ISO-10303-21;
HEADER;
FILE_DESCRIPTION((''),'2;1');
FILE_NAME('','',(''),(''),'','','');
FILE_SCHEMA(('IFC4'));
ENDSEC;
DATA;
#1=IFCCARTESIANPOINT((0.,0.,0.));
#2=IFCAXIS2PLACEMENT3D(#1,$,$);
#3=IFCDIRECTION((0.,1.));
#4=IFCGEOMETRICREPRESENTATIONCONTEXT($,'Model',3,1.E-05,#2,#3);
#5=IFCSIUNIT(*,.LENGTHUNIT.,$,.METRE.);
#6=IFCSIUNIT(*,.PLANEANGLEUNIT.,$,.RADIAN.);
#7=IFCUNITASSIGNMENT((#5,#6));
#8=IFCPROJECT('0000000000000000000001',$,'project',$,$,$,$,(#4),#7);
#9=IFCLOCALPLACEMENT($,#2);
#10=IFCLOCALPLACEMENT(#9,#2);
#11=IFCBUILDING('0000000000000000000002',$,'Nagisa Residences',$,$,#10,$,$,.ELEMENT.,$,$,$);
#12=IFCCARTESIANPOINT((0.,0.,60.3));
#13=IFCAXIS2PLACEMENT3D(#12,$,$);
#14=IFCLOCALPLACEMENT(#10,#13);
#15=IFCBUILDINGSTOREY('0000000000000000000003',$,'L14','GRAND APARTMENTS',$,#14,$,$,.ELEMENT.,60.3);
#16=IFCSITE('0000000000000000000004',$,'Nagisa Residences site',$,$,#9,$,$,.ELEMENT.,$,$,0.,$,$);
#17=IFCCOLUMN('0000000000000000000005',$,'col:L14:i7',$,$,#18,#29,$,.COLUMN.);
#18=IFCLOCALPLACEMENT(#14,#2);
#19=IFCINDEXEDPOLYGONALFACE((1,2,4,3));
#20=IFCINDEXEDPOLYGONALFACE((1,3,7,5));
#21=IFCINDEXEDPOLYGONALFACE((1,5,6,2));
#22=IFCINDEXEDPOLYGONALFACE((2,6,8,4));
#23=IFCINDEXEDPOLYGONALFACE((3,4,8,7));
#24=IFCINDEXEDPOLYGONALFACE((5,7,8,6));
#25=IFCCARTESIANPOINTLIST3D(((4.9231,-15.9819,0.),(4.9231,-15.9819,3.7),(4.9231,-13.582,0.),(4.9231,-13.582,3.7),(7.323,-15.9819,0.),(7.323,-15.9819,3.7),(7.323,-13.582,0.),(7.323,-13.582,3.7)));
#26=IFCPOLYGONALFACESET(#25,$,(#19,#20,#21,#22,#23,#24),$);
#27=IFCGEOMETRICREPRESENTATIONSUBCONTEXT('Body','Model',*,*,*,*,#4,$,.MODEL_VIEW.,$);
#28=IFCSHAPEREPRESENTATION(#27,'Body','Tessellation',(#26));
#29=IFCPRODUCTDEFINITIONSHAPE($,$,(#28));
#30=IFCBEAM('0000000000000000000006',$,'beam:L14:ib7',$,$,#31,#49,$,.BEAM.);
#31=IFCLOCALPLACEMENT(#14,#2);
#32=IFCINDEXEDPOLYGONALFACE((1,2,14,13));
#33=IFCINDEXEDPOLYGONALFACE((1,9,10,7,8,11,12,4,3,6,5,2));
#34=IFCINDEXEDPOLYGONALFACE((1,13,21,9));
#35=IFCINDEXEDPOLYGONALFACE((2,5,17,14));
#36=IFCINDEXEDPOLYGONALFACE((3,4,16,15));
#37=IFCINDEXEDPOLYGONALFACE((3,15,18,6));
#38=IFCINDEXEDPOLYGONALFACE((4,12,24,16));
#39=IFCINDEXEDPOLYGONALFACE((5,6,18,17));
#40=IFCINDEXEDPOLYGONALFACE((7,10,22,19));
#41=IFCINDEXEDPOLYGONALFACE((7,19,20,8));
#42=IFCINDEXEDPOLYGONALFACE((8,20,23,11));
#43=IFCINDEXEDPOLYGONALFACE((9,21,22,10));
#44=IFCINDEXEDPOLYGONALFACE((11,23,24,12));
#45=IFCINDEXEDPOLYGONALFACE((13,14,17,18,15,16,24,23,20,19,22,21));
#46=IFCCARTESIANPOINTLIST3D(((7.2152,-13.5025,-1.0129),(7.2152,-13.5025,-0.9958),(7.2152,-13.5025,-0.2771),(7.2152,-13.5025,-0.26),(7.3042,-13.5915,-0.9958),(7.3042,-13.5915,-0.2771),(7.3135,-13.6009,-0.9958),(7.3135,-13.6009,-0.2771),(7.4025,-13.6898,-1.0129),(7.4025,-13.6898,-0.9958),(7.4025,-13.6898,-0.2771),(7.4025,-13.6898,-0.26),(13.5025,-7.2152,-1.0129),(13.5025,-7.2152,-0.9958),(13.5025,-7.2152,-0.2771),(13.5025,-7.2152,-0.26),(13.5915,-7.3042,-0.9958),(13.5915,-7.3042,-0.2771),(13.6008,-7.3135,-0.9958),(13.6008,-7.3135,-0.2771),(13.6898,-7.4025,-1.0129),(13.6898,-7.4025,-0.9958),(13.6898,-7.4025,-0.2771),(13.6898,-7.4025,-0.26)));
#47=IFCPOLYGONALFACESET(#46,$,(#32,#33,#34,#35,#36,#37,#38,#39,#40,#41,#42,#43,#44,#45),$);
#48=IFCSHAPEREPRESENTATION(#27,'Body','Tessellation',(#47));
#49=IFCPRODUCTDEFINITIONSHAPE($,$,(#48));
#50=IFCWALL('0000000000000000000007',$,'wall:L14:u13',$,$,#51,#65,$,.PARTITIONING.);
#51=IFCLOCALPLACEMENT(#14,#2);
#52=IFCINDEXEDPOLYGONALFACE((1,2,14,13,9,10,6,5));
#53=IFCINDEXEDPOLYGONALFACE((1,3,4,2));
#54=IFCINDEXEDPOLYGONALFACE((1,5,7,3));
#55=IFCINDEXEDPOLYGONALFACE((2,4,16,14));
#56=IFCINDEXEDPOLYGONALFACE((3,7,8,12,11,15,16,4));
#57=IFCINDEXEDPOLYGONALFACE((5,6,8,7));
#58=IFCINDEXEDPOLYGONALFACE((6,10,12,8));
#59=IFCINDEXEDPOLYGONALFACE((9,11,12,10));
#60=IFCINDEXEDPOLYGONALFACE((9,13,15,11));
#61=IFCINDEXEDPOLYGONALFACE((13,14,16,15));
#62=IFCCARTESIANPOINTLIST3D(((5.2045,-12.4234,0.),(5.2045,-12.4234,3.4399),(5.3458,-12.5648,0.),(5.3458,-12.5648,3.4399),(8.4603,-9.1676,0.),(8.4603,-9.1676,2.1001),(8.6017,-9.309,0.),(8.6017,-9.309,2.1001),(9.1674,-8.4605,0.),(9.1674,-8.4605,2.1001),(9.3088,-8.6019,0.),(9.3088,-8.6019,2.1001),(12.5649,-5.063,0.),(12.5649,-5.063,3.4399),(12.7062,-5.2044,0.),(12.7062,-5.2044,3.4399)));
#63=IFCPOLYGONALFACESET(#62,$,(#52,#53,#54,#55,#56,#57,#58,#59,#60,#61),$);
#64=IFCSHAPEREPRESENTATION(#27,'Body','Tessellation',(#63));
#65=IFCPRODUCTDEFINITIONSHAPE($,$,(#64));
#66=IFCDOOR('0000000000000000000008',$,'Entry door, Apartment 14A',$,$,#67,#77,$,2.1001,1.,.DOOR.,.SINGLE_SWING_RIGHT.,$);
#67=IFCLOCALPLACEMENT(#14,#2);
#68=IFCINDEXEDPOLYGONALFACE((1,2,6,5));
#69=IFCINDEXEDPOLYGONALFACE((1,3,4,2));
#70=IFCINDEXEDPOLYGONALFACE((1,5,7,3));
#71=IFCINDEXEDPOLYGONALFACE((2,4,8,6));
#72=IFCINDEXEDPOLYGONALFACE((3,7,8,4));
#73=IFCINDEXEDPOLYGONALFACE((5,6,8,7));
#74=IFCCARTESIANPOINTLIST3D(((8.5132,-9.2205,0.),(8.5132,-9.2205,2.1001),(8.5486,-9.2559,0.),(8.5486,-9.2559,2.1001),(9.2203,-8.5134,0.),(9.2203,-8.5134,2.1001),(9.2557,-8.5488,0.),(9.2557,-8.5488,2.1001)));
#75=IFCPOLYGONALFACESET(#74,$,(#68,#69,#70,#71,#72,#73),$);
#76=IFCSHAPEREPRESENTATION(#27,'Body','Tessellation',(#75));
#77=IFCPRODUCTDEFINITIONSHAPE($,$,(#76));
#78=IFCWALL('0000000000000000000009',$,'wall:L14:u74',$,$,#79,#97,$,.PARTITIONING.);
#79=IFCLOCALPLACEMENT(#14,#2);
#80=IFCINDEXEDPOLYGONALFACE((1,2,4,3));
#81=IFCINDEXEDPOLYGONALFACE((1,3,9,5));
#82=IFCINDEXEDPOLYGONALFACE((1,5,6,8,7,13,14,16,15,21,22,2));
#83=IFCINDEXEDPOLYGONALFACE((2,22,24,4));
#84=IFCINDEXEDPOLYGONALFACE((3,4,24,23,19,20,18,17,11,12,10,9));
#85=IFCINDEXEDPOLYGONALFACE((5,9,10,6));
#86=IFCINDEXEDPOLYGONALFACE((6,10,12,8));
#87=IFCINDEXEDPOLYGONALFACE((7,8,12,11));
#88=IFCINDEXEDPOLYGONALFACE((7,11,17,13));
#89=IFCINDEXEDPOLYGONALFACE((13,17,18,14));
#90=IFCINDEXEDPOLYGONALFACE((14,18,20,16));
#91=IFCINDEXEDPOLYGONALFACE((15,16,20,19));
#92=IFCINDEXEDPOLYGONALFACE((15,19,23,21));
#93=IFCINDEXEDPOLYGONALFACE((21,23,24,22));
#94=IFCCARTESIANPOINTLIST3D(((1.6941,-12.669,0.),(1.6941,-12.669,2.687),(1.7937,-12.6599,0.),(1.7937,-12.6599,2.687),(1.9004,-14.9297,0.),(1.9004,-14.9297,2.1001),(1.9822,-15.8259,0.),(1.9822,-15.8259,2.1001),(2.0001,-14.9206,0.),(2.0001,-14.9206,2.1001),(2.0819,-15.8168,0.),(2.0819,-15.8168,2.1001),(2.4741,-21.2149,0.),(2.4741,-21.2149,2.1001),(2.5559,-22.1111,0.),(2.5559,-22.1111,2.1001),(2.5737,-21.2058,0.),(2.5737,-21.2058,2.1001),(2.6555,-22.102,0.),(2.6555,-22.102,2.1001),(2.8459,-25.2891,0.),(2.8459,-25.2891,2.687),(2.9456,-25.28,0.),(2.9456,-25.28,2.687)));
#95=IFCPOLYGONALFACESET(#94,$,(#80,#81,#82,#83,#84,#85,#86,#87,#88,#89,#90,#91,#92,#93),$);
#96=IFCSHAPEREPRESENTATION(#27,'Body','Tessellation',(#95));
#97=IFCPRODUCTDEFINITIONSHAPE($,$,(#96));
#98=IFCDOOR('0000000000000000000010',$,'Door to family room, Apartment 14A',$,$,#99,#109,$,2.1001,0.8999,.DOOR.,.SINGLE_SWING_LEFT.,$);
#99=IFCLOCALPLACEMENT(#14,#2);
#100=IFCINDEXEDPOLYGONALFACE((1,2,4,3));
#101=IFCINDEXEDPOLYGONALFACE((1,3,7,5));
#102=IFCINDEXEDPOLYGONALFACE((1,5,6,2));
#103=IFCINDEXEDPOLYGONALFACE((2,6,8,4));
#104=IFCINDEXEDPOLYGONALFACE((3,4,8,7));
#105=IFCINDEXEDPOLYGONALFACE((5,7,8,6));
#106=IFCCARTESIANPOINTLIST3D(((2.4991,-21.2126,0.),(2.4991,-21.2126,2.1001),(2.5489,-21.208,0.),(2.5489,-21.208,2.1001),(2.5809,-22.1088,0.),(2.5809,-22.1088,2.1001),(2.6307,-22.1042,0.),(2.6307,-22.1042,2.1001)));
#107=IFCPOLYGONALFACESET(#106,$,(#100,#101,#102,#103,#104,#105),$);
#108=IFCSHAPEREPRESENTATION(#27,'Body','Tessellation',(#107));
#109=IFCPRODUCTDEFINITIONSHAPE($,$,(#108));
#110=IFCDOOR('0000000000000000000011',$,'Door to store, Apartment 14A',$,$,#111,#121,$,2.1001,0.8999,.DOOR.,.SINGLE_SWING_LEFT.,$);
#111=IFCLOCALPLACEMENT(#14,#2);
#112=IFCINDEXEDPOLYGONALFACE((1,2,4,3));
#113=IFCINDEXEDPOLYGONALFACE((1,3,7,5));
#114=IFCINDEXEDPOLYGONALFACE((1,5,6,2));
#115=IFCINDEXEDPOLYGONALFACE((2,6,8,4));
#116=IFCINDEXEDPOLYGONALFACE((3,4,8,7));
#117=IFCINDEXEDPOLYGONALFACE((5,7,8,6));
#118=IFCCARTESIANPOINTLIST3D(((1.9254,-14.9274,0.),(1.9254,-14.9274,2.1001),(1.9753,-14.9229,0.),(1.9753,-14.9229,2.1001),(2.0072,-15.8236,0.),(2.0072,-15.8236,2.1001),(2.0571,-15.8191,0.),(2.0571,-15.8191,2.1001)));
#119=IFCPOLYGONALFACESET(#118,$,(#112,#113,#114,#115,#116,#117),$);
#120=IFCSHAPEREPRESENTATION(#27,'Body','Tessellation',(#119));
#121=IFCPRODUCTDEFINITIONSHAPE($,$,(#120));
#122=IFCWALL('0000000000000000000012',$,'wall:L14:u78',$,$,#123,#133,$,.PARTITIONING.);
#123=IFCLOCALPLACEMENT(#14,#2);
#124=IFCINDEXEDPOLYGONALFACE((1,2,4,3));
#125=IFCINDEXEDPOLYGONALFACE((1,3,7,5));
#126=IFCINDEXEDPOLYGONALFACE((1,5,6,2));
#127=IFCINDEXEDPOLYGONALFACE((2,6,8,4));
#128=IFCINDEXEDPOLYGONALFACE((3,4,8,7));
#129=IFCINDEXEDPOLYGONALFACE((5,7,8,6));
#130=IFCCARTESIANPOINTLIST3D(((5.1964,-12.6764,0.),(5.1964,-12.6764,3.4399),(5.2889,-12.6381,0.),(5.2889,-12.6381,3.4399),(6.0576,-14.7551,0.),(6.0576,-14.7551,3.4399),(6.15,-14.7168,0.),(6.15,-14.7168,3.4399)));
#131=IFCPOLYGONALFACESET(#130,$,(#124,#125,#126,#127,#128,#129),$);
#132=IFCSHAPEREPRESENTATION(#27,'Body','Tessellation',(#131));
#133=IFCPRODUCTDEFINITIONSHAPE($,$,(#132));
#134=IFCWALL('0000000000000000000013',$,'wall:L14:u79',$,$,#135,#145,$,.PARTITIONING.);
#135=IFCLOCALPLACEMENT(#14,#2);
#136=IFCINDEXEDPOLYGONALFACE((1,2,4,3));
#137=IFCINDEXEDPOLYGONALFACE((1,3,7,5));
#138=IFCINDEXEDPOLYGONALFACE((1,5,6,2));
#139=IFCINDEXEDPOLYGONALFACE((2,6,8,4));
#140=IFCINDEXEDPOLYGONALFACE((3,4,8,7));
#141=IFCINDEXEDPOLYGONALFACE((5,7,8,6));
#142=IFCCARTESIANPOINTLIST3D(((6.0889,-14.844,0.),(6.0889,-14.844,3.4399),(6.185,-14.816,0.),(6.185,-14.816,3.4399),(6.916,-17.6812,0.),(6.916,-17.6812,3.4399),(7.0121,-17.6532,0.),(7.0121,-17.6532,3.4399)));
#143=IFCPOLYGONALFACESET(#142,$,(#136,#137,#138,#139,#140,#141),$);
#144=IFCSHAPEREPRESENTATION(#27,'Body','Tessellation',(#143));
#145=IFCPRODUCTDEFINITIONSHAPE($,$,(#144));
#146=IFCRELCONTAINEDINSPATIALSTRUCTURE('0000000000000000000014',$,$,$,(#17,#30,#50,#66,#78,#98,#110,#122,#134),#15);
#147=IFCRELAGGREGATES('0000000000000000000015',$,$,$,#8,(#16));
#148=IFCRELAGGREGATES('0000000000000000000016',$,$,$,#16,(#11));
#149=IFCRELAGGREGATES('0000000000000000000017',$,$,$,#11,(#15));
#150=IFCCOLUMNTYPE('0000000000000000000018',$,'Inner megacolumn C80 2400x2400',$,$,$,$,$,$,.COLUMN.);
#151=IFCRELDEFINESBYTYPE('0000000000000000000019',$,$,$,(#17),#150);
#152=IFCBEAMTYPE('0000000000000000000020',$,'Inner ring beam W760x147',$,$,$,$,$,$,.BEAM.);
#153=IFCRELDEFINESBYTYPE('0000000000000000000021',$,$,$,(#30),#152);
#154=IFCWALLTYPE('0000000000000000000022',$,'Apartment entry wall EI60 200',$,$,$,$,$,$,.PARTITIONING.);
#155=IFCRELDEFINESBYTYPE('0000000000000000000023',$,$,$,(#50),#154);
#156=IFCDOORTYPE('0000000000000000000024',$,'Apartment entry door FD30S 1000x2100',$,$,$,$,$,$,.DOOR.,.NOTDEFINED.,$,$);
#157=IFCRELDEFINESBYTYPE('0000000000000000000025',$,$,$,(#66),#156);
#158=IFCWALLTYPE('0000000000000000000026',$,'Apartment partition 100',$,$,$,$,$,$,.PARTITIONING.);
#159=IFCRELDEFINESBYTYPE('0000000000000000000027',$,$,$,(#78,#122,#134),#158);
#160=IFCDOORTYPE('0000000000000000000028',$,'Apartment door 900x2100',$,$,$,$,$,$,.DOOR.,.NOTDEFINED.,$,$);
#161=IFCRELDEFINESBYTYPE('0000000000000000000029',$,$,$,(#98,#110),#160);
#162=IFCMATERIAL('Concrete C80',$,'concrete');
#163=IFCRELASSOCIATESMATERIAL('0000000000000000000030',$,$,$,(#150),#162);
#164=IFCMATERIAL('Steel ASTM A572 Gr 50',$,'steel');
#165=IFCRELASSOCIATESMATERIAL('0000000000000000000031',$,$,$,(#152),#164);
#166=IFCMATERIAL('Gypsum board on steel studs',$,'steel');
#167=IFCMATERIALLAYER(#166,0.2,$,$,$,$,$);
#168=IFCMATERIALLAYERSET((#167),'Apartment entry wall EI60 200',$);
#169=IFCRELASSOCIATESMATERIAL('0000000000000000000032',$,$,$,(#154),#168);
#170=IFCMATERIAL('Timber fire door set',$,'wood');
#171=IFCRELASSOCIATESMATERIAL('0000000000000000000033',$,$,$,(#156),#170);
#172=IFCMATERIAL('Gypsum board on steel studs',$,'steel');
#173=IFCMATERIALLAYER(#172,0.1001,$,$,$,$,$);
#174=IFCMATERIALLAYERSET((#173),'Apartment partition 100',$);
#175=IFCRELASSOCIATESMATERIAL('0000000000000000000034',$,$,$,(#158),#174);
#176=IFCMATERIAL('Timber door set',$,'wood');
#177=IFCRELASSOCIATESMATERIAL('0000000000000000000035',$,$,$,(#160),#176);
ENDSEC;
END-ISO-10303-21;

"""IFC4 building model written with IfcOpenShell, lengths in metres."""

from ifc_helpers import new_model, si_unit, direction, frame, frame_2d, origin, origin_2d, place, context, subcontext, project, spatial, rectangle, i_section, extrude, material, layer, layer_set, material_profile, profile_set, type_object, element, fill, save


model = new_model("IFC4")

# Units and contexts
model_context = context("Model", 3, precision=1e-05, world=origin(), true_north=direction((0.0, 1.0)))
body_context = subcontext(model_context, "Body", "Model", "MODEL_VIEW")
ifc_project = project(units=[si_unit("LENGTHUNIT", "METRE"), si_unit("PLANEANGLEUNIT", "RADIAN")], contexts=[model_context])

# Site, building, storey
site_placement = place(None, origin())
site = spatial("IfcSite", under=ifc_project, at=site_placement, Name="Nagisa Residences site", CompositionType="ELEMENT", RefElevation=0.0)
building_placement = place(site_placement, origin())
building = spatial("IfcBuilding", under=site, at=building_placement, Name="Nagisa Residences", CompositionType="ELEMENT")
storey_placement = place(building_placement, frame((0.0, 0.0, 60.3)))
storey = spatial("IfcBuildingStorey", under=building, at=storey_placement, Name="L14", Description="GRAND APARTMENTS", CompositionType="ELEMENT", Elevation=60.3)

# Column
ifc_material_1 = material(Name="Concrete C80", Category="concrete")
ifc_material_profile_1 = material_profile(ifc_material_1, rectangle(XDim=2.3999, YDim=2.3999, at=origin_2d()), Name="C80 2400x2400")
ifc_profile_set_1 = profile_set([ifc_material_profile_1], Name="Concrete C80")
column_type = type_object("IfcColumnType", Name="Inner megacolumn C80 2400x2400", PredefinedType="COLUMN", material=ifc_profile_set_1)
column_placement = place(storey_placement, frame((6.123, -14.782, 0.0), z_axis=(0.0, 0.0, 1.0), x_axis=(1.0, 0.0, 0.0)))
element("IfcColumn", 1, at=column_placement, inside=storey, type_object=column_type, Name="col:L14:i7", PredefinedType="COLUMN", context=body_context, shape_type="SweptSolid", body=[
    extrude(rectangle(XDim=2.3999, YDim=2.3999, at=origin_2d()), origin(), (0.0, 0.0, 1.0), 3.7),
])

# Beam
ifc_material_2 = material(Name="Steel ASTM A572 Gr 50", Category="steel")
ifc_material_profile_2 = material_profile(ifc_material_2, i_section(OverallWidth=0.2649, OverallDepth=0.7529, WebThickness=0.0132, FlangeThickness=0.0171, at=origin_2d()), Name="W760x147")
ifc_profile_set_2 = profile_set([ifc_material_profile_2], Name="Steel ASTM A572 Gr 50")
beam_type = type_object("IfcBeamType", Name="Inner ring beam W760x147", PredefinedType="BEAM", material=ifc_profile_set_2)
beam_placement = place(storey_placement, frame((7.3088, -13.5962, -0.6365), z_axis=(0.707107, 0.707107, 0.0), x_axis=(-0.707107, 0.707107, 0.0)))
element("IfcBeam", 2, at=beam_placement, inside=storey, type_object=beam_type, Name="beam:L14:ib7", PredefinedType="BEAM", context=body_context, shape_type="SweptSolid", body=[
    extrude(i_section(OverallWidth=0.2649, OverallDepth=0.7529, WebThickness=0.0132, FlangeThickness=0.0171, at=origin_2d()), origin(), (0.0, 0.0, 1.0), 8.8916),
])

# Wall, opening, door
ifc_material_3 = material(Name="Gypsum board on steel studs", Category="steel")
ifc_layer_1 = layer(ifc_material_3, 0.2)
ifc_layer_set_1 = layer_set([ifc_layer_1], Name="Apartment entry wall EI60 200")
wall_type_1 = type_object("IfcWallType", Name="Apartment entry wall EI60 200", PredefinedType="PARTITIONING", material=ifc_layer_set_1)
wall_1_placement = place(storey_placement, frame((5.2751, -12.4941, 0.0), z_axis=(0.0, 0.0, 1.0), x_axis=(0.707107, 0.707107, 0.0)))
wall_1 = element("IfcWall", 3, at=wall_1_placement, inside=storey, type_object=wall_type_1, Name="wall:L14:u13", PredefinedType="PARTITIONING", context=body_context, shape_type="SweptSolid", body=[
    extrude(rectangle(XDim=10.4092, YDim=0.2, at=frame_2d((5.2046, 0.0))), origin(), (0.0, 0.0, 1.0), 3.4399),
])
opening_1_placement = place(wall_1_placement, frame((4.6045, 0.0, 0.0)))
opening_1 = element("IfcOpeningElement", 4, at=opening_1_placement, cuts=wall_1, PredefinedType="OPENING", context=body_context, shape_type="SweptSolid", body=[
    extrude(rectangle(XDim=1.0, YDim=2.1001, at=frame_2d((0.5, 1.05))), frame((0.0, 0.1099, 0.0), z_axis=(0.0, -1.0, 0.0), x_axis=(1.0, 0.0, 0.0)), (0.0, 0.0, 1.0), 0.22),
])
ifc_material_4 = material(Name="Timber fire door set", Category="wood")
door_type_1 = type_object("IfcDoorType", Name="Apartment entry door FD30S 1000x2100", OperationType="NOTDEFINED", PredefinedType="DOOR", material=ifc_material_4)
door_1_placement = place(opening_1_placement, frame((1.0, 0.0, 0.0), x_axis=(-1.0, 0.0, 0.0)))
door_1 = element("IfcDoor", 5, at=door_1_placement, inside=storey, type_object=door_type_1, Name="Entry door, Apartment 14A", OperationType="SINGLE_SWING_RIGHT", OverallHeight=2.1001, OverallWidth=1.0, PredefinedType="DOOR", context=body_context, shape_type="SweptSolid", body=[
    extrude(rectangle(XDim=1.0, YDim=2.1001, at=frame_2d((0.5, 1.05))), frame((0.0, 0.0249, 0.0), z_axis=(0.0, -1.0, 0.0), x_axis=(1.0, 0.0, 0.0)), (0.0, 0.0, 1.0), 0.05),
])
fill(opening_1, door_1)

# Wall, openings, doors
ifc_material_5 = material(Name="Gypsum board on steel studs", Category="steel")
ifc_layer_2 = layer(ifc_material_5, 0.1001)
ifc_layer_set_2 = layer_set([ifc_layer_2], Name="Apartment partition 100")
wall_type_2 = type_object("IfcWallType", Name="Apartment partition 100", PredefinedType="PARTITIONING", material=ifc_layer_set_2)
wall_2_placement = place(storey_placement, frame((1.7439, -12.6643, 0.0), z_axis=(0.0, 0.0, 1.0), x_axis=(0.090894, -0.995861, 0.0)))
wall_2 = element("IfcWall", 6, at=wall_2_placement, inside=storey, type_object=wall_type_2, Name="wall:L14:u74", PredefinedType="PARTITIONING", context=body_context, shape_type="SweptSolid", body=[
    extrude(rectangle(XDim=12.6726, YDim=0.1001, at=frame_2d((6.3364, 0.0))), origin(), (0.0, 0.0, 1.0), 2.687),
])
opening_2_placement = place(wall_2_placement, frame((8.5815, 0.0, 0.0)))
opening_2 = element("IfcOpeningElement", 7, at=opening_2_placement, cuts=wall_2, PredefinedType="OPENING", context=body_context, shape_type="SweptSolid", body=[
    extrude(rectangle(XDim=0.8999, YDim=2.1001, at=frame_2d((0.45, 1.05))), frame((0.0, 0.0601, 0.0), z_axis=(0.0, -1.0, 0.0), x_axis=(1.0, 0.0, 0.0)), (0.0, 0.0, 1.0), 0.1201),
])
opening_3_placement = place(wall_2_placement, frame((2.2703, 0.0, 0.0)))
opening_3 = element("IfcOpeningElement", 8, at=opening_3_placement, cuts=wall_2, PredefinedType="OPENING", context=body_context, shape_type="SweptSolid", body=[
    extrude(rectangle(XDim=0.8999, YDim=2.1001, at=frame_2d((0.45, 1.05))), frame((0.0, 0.0601, 0.0), z_axis=(0.0, -1.0, 0.0), x_axis=(1.0, 0.0, 0.0)), (0.0, 0.0, 1.0), 0.1201),
])
ifc_material_6 = material(Name="Timber door set", Category="wood")
door_type_2 = type_object("IfcDoorType", Name="Apartment door 900x2100", OperationType="NOTDEFINED", PredefinedType="DOOR", material=ifc_material_6)
door_2_placement = place(opening_2_placement, frame((0.8999, 0.0, 0.0), x_axis=(-1.0, 0.0, 0.0)))
door_2 = element("IfcDoor", 9, at=door_2_placement, inside=storey, type_object=door_type_2, Name="Door to family room, Apartment 14A", OperationType="SINGLE_SWING_LEFT", OverallHeight=2.1001, OverallWidth=0.8999, PredefinedType="DOOR", context=body_context, shape_type="SweptSolid", body=[
    extrude(rectangle(XDim=0.8999, YDim=2.1001, at=frame_2d((0.45, 1.05))), frame((0.0, 0.0249, 0.0), z_axis=(0.0, -1.0, 0.0), x_axis=(1.0, 0.0, 0.0)), (0.0, 0.0, 1.0), 0.05),
])
fill(opening_2, door_2)
door_3_placement = place(opening_3_placement, frame((0.8999, 0.0, 0.0), x_axis=(-1.0, 0.0, 0.0)))
door_3 = element("IfcDoor", 10, at=door_3_placement, inside=storey, type_object=door_type_2, Name="Door to store, Apartment 14A", OperationType="SINGLE_SWING_LEFT", OverallHeight=2.1001, OverallWidth=0.8999, PredefinedType="DOOR", context=body_context, shape_type="SweptSolid", body=[
    extrude(rectangle(XDim=0.8999, YDim=2.1001, at=frame_2d((0.45, 1.05))), frame((0.0, 0.0249, 0.0), z_axis=(0.0, -1.0, 0.0), x_axis=(1.0, 0.0, 0.0)), (0.0, 0.0, 1.0), 0.05),
])
fill(opening_3, door_3)

# Walls
wall_3_placement = place(storey_placement, frame((5.2427, -12.6572, 0.0), z_axis=(0.0, 0.0, 1.0), x_axis=(0.382719, -0.923865, 0.0)))
element("IfcWall", 11, at=wall_3_placement, inside=storey, type_object=wall_type_2, Name="wall:L14:u78", PredefinedType="PARTITIONING", context=body_context, shape_type="SweptSolid", body=[
    extrude(rectangle(XDim=2.25, YDim=0.1001, at=frame_2d((1.125, 0.0))), origin(), (0.0, 0.0, 1.0), 3.4399),
])
wall_4_placement = place(storey_placement, frame((6.137, -14.8301, 0.0), z_axis=(0.0, 0.0, 1.0), x_axis=(0.279889, -0.960032, 0.0)))
element("IfcWall", 12, at=wall_4_placement, inside=storey, type_object=wall_type_2, Name="wall:L14:u79", PredefinedType="PARTITIONING", context=body_context, shape_type="SweptSolid", body=[
    extrude(rectangle(XDim=2.9553, YDim=0.1001, at=frame_2d((1.4775, 0.0))), origin(), (0.0, 0.0, 1.0), 3.4399),
])

save(model, "model.ifc")
